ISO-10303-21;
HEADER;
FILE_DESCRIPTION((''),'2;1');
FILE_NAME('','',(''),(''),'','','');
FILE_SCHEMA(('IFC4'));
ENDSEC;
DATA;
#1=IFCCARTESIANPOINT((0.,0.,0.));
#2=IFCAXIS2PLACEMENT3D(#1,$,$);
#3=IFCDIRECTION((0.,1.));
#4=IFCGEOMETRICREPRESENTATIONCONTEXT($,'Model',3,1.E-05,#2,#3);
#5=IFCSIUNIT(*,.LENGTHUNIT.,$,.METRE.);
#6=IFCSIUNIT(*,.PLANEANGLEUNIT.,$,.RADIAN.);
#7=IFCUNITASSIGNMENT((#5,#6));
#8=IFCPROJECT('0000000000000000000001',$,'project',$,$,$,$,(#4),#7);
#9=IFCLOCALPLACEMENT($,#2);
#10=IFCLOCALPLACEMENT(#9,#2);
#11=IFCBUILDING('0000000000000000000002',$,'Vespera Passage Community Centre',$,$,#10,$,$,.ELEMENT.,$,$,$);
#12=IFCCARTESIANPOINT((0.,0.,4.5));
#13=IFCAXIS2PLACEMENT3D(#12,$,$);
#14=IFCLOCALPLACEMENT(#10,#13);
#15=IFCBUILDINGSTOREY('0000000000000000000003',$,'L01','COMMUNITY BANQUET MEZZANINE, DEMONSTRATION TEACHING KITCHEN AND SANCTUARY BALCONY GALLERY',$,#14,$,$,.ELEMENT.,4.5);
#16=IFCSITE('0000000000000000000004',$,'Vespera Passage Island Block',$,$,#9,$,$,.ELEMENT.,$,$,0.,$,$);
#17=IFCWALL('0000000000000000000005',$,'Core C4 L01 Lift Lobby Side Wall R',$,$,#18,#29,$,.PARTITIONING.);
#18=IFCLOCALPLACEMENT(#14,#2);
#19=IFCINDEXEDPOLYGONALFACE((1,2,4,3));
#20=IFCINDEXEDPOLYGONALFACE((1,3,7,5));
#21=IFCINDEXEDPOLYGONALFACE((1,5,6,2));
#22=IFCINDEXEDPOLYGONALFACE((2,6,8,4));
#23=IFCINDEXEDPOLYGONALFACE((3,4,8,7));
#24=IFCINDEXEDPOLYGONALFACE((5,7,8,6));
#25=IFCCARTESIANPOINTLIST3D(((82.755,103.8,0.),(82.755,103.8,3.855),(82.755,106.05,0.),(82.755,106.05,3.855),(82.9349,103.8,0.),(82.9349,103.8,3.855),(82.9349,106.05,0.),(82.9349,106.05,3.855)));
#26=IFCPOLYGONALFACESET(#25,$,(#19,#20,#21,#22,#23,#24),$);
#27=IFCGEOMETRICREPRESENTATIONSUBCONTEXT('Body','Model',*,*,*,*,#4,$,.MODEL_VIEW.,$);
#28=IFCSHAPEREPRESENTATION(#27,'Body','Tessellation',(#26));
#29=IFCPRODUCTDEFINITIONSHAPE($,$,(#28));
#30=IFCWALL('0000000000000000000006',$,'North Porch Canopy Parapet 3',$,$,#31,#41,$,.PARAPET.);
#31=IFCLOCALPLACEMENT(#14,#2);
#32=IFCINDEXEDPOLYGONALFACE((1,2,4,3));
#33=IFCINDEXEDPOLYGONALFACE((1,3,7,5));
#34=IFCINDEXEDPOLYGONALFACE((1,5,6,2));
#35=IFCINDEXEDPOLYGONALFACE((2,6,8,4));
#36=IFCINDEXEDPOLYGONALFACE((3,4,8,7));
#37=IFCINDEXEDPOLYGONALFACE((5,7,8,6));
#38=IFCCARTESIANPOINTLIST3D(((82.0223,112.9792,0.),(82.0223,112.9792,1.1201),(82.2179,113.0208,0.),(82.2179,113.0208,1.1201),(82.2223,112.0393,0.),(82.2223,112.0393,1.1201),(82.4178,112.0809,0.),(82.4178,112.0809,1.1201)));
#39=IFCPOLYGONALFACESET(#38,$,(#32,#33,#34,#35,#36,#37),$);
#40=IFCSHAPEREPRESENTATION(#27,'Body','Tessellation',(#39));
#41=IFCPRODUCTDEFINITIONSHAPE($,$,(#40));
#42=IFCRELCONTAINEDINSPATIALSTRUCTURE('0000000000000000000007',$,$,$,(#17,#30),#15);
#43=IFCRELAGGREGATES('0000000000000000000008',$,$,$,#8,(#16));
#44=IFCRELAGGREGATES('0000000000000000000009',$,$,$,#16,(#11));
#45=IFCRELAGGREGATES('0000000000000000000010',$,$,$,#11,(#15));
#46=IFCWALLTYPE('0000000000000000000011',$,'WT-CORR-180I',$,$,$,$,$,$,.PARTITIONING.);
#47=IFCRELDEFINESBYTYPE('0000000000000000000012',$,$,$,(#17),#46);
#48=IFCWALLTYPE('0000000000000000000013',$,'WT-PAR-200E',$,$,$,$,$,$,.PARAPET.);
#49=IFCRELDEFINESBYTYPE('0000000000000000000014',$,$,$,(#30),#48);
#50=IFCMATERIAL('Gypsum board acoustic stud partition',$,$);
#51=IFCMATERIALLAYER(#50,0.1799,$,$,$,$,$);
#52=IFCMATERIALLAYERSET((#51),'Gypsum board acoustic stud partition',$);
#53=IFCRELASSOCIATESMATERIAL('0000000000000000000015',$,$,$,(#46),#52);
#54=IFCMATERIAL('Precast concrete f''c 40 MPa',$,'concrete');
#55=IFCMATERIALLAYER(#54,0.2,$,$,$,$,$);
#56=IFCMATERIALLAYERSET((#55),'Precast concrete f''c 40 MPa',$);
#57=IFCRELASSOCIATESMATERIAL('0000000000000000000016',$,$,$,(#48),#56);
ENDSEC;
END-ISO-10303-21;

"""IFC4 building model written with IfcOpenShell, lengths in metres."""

from ifc_helpers import new_model, si_unit, direction, frame, frame_2d, origin, place, context, subcontext, project, spatial, rectangle, extrude, material, layer, layer_set, type_object, element, save


model = new_model("IFC4")

# Units and contexts
model_context = context("Model", 3, precision=1e-05, world=origin(), true_north=direction((0.0, 1.0)))
body_context = subcontext(model_context, "Body", "Model", "MODEL_VIEW")
ifc_project = project(units=[si_unit("LENGTHUNIT", "METRE"), si_unit("PLANEANGLEUNIT", "RADIAN")], contexts=[model_context])

# Site, building, storey
site_placement = place(None, origin())
site = spatial("IfcSite", under=ifc_project, at=site_placement, Name="Vespera Passage Island Block", CompositionType="ELEMENT", RefElevation=0.0)
building_placement = place(site_placement, origin())
building = spatial("IfcBuilding", under=site, at=building_placement, Name="Vespera Passage Community Centre", CompositionType="ELEMENT")
storey_placement = place(building_placement, frame((0.0, 0.0, 4.5)))
storey = spatial("IfcBuildingStorey", under=building, at=storey_placement, Name="L01", Description="COMMUNITY BANQUET MEZZANINE, DEMONSTRATION TEACHING KITCHEN AND SANCTUARY BALCONY GALLERY", CompositionType="ELEMENT", Elevation=4.5)

# Walls
ifc_material_1 = material(Name="Gypsum board acoustic stud partition")
ifc_layer_1 = layer(ifc_material_1, 0.1799)
ifc_layer_set_1 = layer_set([ifc_layer_1], Name="Gypsum board acoustic stud partition")
wall_type_1 = type_object("IfcWallType", Name="WT-CORR-180I", PredefinedType="PARTITIONING", material=ifc_layer_set_1)
wall_1_placement = place(storey_placement, frame((82.845, 106.05, 0.0), z_axis=(0.0, 0.0, 1.0), x_axis=(0.0, -1.0, 0.0)))
element("IfcWall", 1, at=wall_1_placement, inside=storey, type_object=wall_type_1, Name="Core C4 L01 Lift Lobby Side Wall R", PredefinedType="PARTITIONING", context=body_context, shape_type="SweptSolid", body=[
    extrude(rectangle(XDim=2.25, YDim=0.1799, at=frame_2d((1.125, 0.0))), origin(), (0.0, 0.0, 1.0), 3.855),
])
ifc_material_2 = material(Name="Precast concrete f'c 40 MPa", Category="concrete")
ifc_layer_2 = layer(ifc_material_2, 0.2)
ifc_layer_set_2 = layer_set([ifc_layer_2], Name="Precast concrete f'c 40 MPa")
wall_type_2 = type_object("IfcWallType", Name="WT-PAR-200E", PredefinedType="PARAPET", material=ifc_layer_set_2)
wall_2_placement = place(storey_placement, frame((82.1201, 113.0, 0.0), z_axis=(0.0, 0.0, 1.0), x_axis=(0.208071, -0.978114, 0.0)))
element("IfcWall", 2, at=wall_2_placement, inside=storey, type_object=wall_type_2, Name="North Porch Canopy Parapet 3", PredefinedType="PARAPET", context=body_context, shape_type="SweptSolid", body=[
    extrude(rectangle(XDim=0.9609, YDim=0.2, at=frame_2d((0.4805, 0.0))), origin(), (0.0, 0.0, 1.0), 1.1201),
])

save(model, "model.ifc")
